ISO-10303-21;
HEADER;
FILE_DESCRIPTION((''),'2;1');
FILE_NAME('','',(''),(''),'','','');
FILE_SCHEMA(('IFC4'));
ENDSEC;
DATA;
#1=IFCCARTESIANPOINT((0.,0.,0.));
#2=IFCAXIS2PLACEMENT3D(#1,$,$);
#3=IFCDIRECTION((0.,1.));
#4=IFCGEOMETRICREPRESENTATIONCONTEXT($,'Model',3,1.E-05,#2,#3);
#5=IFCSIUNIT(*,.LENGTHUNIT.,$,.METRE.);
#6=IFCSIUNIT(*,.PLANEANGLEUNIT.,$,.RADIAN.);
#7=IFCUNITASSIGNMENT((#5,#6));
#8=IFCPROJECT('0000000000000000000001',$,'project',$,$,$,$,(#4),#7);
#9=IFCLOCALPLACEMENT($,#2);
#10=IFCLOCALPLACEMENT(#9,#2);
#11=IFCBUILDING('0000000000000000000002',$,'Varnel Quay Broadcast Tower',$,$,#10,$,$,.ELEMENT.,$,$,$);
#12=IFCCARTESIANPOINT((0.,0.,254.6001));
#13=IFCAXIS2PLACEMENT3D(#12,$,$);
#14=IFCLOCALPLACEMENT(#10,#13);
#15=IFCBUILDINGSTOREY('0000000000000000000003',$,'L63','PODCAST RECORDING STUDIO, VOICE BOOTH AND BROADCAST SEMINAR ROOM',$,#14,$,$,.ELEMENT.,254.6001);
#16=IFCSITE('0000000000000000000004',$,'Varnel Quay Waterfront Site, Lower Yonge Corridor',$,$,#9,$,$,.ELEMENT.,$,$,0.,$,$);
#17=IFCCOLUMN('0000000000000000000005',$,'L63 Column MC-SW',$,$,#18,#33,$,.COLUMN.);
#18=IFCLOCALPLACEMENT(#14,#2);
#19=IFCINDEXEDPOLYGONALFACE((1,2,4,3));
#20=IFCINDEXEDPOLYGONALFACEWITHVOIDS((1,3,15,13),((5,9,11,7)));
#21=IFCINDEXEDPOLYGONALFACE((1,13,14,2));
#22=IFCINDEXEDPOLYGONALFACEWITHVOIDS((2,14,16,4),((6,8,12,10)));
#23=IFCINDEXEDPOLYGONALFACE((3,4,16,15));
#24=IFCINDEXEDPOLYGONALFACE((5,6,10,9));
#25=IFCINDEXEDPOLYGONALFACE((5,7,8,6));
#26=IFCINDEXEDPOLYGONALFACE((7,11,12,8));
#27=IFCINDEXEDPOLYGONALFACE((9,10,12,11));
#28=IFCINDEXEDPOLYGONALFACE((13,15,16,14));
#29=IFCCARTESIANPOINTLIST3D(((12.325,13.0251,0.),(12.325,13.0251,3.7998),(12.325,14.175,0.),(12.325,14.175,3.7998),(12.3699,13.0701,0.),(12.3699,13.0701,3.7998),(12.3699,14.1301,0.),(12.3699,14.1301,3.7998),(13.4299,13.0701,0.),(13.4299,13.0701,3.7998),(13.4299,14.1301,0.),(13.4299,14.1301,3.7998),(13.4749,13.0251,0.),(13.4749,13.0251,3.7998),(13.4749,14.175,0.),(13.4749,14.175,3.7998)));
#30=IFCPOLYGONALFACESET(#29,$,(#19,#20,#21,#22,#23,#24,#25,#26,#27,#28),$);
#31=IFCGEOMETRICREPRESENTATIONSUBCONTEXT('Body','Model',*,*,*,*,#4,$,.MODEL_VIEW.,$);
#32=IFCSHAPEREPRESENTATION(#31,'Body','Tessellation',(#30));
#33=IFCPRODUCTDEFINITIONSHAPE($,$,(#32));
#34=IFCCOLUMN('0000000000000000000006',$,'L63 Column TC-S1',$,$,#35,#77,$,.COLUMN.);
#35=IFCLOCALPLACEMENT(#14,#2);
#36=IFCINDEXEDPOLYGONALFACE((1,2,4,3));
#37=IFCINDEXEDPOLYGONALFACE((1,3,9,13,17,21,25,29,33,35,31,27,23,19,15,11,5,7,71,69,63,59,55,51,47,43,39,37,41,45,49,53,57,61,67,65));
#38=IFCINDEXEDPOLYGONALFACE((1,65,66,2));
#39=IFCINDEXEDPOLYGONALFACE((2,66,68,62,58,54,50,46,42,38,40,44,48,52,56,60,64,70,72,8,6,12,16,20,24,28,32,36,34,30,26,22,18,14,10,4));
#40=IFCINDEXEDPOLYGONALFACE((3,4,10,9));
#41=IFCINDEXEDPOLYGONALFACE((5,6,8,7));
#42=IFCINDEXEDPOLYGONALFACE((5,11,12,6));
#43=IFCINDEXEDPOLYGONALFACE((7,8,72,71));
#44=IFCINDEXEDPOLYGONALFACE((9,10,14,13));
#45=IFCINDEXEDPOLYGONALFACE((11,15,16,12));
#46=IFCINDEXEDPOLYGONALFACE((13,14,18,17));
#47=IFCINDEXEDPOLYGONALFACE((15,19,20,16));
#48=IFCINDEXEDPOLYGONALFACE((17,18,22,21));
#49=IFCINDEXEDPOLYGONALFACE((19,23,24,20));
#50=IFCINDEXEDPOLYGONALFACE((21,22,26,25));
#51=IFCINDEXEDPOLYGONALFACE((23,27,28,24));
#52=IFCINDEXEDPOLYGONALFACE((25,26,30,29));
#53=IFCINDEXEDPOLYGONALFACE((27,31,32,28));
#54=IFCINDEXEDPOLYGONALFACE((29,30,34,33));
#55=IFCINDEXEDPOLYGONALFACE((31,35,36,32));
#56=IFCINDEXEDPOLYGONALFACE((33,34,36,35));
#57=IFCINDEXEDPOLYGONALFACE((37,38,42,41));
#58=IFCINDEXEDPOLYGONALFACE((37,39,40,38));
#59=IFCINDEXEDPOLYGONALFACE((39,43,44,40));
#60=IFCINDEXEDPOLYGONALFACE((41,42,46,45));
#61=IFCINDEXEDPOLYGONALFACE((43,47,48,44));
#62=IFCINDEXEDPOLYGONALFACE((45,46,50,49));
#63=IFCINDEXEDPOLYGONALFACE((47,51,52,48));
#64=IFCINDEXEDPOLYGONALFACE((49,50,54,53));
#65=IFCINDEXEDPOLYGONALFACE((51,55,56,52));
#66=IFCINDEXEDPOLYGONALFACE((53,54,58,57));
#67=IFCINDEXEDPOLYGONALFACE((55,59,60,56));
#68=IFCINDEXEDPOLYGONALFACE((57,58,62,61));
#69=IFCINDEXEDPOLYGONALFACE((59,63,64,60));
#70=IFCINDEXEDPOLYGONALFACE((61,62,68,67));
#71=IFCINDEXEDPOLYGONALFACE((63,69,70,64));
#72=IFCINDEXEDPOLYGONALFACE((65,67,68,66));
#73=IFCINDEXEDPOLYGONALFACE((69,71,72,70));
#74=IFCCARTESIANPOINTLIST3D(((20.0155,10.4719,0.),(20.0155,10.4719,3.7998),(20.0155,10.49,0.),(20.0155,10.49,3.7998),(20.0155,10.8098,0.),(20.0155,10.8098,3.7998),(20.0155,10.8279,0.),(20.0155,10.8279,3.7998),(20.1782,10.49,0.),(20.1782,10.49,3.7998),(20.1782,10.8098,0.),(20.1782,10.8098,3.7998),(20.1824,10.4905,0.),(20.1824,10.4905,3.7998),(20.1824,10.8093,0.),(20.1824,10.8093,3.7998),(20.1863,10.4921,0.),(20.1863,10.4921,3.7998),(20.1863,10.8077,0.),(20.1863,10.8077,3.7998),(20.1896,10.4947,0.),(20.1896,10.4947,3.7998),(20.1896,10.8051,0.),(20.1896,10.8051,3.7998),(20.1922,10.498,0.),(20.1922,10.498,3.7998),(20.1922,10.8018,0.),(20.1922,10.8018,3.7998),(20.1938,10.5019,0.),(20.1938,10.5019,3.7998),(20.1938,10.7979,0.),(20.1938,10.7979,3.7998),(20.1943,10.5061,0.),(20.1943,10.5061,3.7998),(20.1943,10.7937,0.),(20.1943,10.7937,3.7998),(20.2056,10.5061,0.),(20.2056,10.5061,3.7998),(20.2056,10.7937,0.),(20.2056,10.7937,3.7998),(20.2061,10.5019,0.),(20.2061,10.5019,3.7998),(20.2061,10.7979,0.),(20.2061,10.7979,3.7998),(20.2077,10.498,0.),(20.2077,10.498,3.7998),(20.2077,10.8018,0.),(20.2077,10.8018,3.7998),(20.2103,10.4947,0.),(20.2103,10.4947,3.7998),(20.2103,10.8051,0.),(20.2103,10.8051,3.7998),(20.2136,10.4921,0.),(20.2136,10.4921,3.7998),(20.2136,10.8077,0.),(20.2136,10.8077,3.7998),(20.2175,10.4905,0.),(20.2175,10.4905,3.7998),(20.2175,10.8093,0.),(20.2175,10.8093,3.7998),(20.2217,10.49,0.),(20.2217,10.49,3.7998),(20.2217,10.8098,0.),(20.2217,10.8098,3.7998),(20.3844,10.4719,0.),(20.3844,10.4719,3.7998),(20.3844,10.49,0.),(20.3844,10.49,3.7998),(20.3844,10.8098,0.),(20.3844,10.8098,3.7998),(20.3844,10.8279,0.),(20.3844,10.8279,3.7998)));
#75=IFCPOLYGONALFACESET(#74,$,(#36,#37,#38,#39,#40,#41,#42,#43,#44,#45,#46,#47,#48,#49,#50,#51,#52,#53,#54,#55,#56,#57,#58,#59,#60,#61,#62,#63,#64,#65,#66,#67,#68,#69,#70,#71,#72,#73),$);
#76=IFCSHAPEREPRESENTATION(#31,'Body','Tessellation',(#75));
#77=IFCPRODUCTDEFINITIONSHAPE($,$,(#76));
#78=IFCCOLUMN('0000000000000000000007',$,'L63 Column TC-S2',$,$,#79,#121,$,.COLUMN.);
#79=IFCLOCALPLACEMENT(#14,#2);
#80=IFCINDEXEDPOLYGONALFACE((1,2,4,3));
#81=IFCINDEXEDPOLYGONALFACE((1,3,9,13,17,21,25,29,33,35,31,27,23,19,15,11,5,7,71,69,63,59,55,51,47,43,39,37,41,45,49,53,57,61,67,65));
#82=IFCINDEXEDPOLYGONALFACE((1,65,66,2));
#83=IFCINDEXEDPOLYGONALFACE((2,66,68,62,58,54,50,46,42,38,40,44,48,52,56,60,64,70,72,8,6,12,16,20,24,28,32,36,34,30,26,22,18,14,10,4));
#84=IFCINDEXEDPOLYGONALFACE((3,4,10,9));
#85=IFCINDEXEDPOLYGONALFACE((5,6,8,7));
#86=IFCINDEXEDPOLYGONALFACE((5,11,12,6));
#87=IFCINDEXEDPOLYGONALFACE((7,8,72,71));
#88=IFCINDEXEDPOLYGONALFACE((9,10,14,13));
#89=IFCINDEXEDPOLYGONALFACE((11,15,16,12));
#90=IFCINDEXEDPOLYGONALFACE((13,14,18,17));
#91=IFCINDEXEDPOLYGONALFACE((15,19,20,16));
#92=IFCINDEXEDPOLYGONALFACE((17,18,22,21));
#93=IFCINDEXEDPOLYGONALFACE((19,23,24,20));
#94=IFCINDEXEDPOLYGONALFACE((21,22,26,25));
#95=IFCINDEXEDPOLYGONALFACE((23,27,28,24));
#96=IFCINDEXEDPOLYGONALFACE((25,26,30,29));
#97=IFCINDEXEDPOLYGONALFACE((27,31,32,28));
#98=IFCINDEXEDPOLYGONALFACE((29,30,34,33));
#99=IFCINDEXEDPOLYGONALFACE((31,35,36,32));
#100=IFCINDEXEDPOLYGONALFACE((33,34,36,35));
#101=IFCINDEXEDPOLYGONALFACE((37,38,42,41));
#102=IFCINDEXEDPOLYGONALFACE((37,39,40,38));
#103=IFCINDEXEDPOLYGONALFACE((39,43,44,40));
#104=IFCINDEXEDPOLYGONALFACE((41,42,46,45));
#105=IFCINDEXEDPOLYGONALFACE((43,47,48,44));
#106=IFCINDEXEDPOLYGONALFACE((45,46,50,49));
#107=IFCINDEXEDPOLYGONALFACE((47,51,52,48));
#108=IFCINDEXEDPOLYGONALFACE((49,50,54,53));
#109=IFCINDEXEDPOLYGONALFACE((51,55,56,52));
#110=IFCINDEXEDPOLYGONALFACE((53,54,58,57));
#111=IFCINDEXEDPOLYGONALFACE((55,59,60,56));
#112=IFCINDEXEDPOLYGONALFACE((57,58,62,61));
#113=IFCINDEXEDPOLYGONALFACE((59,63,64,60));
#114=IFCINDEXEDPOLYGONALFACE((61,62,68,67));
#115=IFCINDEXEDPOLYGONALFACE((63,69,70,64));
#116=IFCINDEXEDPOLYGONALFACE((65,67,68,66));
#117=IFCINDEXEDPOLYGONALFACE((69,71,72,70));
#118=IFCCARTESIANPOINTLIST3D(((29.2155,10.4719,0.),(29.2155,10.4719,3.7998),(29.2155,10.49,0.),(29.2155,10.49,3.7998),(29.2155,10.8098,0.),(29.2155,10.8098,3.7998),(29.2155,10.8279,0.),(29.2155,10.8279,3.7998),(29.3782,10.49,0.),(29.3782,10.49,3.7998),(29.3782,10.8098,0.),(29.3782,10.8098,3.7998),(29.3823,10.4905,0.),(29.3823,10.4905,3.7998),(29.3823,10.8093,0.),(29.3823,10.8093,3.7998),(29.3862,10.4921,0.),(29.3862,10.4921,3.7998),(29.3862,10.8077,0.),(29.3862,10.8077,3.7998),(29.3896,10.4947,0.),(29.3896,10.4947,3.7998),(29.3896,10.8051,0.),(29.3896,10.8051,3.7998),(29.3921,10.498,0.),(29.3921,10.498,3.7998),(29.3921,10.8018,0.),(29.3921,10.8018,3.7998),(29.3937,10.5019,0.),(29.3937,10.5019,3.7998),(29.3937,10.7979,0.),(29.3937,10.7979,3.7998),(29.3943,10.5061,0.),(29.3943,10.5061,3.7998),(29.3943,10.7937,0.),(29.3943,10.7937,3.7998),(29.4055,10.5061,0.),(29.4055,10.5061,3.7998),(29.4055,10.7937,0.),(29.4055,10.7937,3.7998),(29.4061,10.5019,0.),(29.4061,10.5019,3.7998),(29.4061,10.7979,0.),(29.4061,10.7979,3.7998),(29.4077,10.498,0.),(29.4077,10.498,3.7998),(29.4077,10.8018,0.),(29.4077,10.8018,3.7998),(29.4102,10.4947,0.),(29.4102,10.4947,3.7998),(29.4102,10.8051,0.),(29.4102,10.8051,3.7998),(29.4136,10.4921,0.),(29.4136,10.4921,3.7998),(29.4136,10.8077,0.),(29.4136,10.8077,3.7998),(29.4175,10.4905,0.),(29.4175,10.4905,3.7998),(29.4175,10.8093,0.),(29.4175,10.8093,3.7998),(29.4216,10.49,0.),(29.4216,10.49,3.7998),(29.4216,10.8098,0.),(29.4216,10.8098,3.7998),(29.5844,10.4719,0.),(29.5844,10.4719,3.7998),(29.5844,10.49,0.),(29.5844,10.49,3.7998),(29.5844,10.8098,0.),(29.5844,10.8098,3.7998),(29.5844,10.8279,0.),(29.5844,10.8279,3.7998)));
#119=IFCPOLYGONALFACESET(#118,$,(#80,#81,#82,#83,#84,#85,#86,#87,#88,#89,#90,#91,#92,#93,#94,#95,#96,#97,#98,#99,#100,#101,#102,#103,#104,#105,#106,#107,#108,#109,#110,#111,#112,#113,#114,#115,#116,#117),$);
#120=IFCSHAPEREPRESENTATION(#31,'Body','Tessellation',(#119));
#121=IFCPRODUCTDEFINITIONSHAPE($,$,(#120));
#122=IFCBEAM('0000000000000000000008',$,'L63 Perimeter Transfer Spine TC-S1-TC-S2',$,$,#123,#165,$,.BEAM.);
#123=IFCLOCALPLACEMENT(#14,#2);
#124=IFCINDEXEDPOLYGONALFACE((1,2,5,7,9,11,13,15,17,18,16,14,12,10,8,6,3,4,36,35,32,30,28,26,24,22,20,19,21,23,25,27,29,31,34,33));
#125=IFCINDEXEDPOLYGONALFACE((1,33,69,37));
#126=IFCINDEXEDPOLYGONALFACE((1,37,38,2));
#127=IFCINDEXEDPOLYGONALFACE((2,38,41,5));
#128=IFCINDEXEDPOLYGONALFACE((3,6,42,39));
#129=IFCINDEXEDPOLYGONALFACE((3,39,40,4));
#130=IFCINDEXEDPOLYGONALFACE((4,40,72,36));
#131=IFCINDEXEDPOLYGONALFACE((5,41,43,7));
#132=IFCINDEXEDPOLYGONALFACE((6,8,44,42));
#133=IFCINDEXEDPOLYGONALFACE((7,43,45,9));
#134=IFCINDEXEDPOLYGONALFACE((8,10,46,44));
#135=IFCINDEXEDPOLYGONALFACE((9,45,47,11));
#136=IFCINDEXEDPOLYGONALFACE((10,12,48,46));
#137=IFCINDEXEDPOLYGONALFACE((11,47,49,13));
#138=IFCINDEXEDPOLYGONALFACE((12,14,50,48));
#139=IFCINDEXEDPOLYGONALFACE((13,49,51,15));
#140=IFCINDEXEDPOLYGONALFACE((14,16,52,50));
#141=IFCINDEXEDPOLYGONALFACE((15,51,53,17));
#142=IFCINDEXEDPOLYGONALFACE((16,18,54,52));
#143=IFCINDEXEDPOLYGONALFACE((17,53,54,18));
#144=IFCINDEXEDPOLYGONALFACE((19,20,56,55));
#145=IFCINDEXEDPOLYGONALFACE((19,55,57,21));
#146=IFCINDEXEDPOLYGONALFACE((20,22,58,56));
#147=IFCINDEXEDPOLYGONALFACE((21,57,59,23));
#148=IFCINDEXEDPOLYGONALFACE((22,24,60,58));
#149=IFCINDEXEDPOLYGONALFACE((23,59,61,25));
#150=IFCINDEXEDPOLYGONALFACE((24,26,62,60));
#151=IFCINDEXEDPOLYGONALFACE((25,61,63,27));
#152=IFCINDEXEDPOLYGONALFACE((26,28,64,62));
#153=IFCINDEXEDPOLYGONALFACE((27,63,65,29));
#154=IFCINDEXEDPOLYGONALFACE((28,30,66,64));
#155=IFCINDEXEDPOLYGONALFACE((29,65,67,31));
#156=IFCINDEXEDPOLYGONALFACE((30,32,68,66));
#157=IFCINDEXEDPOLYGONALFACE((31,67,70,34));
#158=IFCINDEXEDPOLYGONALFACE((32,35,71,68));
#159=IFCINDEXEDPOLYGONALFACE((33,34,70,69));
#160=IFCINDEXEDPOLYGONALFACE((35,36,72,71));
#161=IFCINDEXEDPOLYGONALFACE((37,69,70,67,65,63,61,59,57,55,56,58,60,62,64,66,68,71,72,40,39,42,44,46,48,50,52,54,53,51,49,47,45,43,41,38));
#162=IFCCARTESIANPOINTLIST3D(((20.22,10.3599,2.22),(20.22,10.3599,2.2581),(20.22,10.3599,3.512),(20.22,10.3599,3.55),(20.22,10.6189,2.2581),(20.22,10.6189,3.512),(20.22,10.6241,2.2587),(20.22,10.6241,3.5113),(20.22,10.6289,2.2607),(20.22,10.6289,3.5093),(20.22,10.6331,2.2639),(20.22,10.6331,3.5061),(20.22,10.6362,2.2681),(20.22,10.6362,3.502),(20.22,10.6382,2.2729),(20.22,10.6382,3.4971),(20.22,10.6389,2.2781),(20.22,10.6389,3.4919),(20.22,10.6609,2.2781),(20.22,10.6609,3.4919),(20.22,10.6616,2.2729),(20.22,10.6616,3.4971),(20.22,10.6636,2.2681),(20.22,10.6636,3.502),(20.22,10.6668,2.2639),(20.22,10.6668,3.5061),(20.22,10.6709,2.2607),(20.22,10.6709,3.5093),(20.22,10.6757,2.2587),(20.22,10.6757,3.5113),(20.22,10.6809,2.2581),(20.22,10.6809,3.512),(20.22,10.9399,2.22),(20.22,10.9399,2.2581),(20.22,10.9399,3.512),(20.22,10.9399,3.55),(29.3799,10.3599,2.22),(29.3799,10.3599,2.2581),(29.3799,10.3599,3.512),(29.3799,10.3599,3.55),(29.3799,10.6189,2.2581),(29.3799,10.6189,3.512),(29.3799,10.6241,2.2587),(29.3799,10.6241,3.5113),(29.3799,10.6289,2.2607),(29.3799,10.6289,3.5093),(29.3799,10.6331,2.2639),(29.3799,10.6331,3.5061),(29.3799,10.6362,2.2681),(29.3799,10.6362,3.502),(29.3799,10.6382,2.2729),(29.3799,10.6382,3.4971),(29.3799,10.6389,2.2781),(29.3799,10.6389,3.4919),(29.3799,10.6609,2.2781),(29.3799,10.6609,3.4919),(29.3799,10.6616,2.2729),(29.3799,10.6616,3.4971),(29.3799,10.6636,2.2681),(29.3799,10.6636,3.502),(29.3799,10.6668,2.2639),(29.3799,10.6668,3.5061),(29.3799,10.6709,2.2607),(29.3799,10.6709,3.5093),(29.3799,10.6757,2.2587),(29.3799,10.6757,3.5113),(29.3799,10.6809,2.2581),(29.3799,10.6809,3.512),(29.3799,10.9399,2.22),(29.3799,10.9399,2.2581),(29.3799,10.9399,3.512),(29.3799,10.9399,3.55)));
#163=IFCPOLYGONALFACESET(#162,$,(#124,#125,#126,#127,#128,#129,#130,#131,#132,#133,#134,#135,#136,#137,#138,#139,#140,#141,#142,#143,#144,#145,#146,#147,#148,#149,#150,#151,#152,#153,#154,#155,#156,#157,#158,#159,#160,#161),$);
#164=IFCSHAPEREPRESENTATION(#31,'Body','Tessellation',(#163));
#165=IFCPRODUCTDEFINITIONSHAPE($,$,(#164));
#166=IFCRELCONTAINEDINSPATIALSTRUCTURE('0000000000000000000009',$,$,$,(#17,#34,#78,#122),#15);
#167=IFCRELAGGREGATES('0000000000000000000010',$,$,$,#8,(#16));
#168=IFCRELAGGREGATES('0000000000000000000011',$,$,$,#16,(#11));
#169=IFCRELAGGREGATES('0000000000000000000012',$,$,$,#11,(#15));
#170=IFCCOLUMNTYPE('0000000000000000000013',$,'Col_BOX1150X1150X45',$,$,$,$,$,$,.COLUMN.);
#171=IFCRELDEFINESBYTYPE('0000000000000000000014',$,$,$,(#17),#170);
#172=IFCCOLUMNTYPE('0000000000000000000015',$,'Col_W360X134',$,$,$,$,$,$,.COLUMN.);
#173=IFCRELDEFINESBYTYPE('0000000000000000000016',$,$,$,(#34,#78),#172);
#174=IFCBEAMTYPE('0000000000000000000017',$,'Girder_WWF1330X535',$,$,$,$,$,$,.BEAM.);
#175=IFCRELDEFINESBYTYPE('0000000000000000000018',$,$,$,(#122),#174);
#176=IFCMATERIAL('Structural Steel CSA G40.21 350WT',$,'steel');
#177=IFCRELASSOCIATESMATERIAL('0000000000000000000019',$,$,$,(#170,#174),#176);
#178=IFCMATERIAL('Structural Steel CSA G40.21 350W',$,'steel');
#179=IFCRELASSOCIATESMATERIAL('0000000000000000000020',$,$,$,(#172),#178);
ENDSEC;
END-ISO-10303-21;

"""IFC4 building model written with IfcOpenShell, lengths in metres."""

from ifc_helpers import new_model, si_unit, direction, frame, origin, origin_2d, place, context, subcontext, project, spatial, hollow_rectangle, i_section, extrude, source, transform, mapped, material, material_profile, profile_set, type_object, type_shapes, element, save


model = new_model("IFC4")

# Units and contexts
model_context = context("Model", 3, precision=1e-05, world=origin(), true_north=direction((0.0, 1.0)))
body_context = subcontext(model_context, "Body", "Model", "MODEL_VIEW")
ifc_project = project(units=[si_unit("LENGTHUNIT", "METRE"), si_unit("PLANEANGLEUNIT", "RADIAN")], contexts=[model_context])

# Site, building, storey
site_placement = place(None, origin())
site = spatial("IfcSite", under=ifc_project, at=site_placement, Name="Varnel Quay Waterfront Site, Lower Yonge Corridor", CompositionType="ELEMENT", RefElevation=0.0)
building_placement = place(site_placement, origin())
building = spatial("IfcBuilding", under=site, at=building_placement, Name="Varnel Quay Broadcast Tower", CompositionType="ELEMENT")
storey_placement = place(building_placement, frame((0.0, 0.0, 254.6001)))
storey = spatial("IfcBuildingStorey", under=building, at=storey_placement, Name="L63", Description="PODCAST RECORDING STUDIO, VOICE BOOTH AND BROADCAST SEMINAR ROOM", CompositionType="ELEMENT", Elevation=254.6001)

# Columns
ifc_material_1 = material(Name="Structural Steel CSA G40.21 350WT", Category="steel")
ifc_material_profile_1 = material_profile(ifc_material_1, hollow_rectangle(XDim=1.1499, YDim=1.1499, WallThickness=0.0449, at=origin_2d()), Name="BOX1150X1150X45")
ifc_profile_set_1 = profile_set([ifc_material_profile_1], Name="Structural Steel CSA G40.21 350WT")
column_type_1 = type_object("IfcColumnType", Name="Col_BOX1150X1150X45", PredefinedType="COLUMN", material=ifc_profile_set_1)
shared_shape_1 = source(origin(), body_context, "Body", "SweptSolid", [
    extrude(hollow_rectangle(XDim=1.1499, YDim=1.1499, WallThickness=0.0449, at=origin_2d()), origin(), (0.0, 0.0, 1.0), 3.7998),
])
type_shapes(column_type_1, [shared_shape_1])
column_placement = place(storey_placement, frame((12.8999, 13.6001, 0.0), z_axis=(0.0, 0.0, 1.0), x_axis=(1.0, 0.0, 0.0)))
element("IfcColumn", 1, at=column_placement, inside=storey, type_object=column_type_1, Name="L63 Column MC-SW", PredefinedType="COLUMN", context=body_context, shape_type="MappedRepresentation", body=[
    mapped(shared_shape_1, transform((0.0, 0.0, 0.0), x_axis=(1.0, 0.0, 0.0), y_axis=(0.0, 1.0, 0.0), z_axis=(0.0, 0.0, 1.0), scale=1.0)),
])
ifc_material_2 = material(Name="Structural Steel CSA G40.21 350W", Category="steel")
ifc_material_profile_2 = material_profile(ifc_material_2, i_section(OverallWidth=0.3689, OverallDepth=0.356, WebThickness=0.0112, FlangeThickness=0.0181, FilletRadius=0.0161, at=origin_2d()), Name="W360X134")
ifc_profile_set_2 = profile_set([ifc_material_profile_2], Name="Structural Steel CSA G40.21 350W")
column_type_2 = type_object("IfcColumnType", Name="Col_W360X134", PredefinedType="COLUMN", material=ifc_profile_set_2)
shared_shape_2 = source(origin(), body_context, "Body", "SweptSolid", [
    extrude(i_section(OverallWidth=0.3689, OverallDepth=0.356, WebThickness=0.0112, FlangeThickness=0.0181, FilletRadius=0.0161, at=origin_2d()), origin(), (0.0, 0.0, 1.0), 3.7998),
])
type_shapes(column_type_2, [shared_shape_2])
for number, where, z_axis, x_axis, name in (
    (2, (20.2, 10.6499, 0.0), (0.0, 0.0, 1.0), (1.0, 0.0, 0.0), "L63 Column TC-S1"),
    (3, (29.3999, 10.6499, 0.0), (0.0, 0.0, 1.0), (1.0, 0.0, 0.0), "L63 Column TC-S2"),
):
    element("IfcColumn", number, at=place(storey_placement, frame(where, z_axis=z_axis, x_axis=x_axis)), inside=storey, type_object=column_type_2, Name=name, PredefinedType="COLUMN", context=body_context, shape_type="MappedRepresentation", body=[
        mapped(shared_shape_2, transform((0.0, 0.0, 0.0), x_axis=(1.0, 0.0, 0.0), y_axis=(0.0, 1.0, 0.0), z_axis=(0.0, 0.0, 1.0), scale=1.0)),
    ])

# Beam
ifc_material_profile_3 = material_profile(ifc_material_1, i_section(OverallWidth=0.5801, OverallDepth=1.3301, WebThickness=0.022, FlangeThickness=0.0381, FilletRadius=0.02, at=origin_2d()), Name="WWF1330X535")
ifc_profile_set_3 = profile_set([ifc_material_profile_3], Name="Structural Steel CSA G40.21 350WT")
beam_type_1 = type_object("IfcBeamType", Name="Girder_WWF1330X535", PredefinedType="BEAM", material=ifc_profile_set_3)
shared_shape_3 = source(origin(), body_context, "Body", "SweptSolid", [
    extrude(i_section(OverallWidth=0.5801, OverallDepth=1.3301, WebThickness=0.022, FlangeThickness=0.0381, FilletRadius=0.02, at=origin_2d()), origin(), (0.0, 0.0, 1.0), 9.1599),
])
beam_1_placement = place(storey_placement, frame((20.22, 10.6499, 2.885), z_axis=(1.0, 0.0, 0.0), x_axis=(0.0, 1.0, 0.0)))
element("IfcBeam", 4, at=beam_1_placement, inside=storey, type_object=beam_type_1, Name="L63 Perimeter Transfer Spine TC-S1-TC-S2", PredefinedType="BEAM", context=body_context, shape_type="MappedRepresentation", body=[
    mapped(shared_shape_3, transform((0.0, 0.0, 0.0), x_axis=(1.0, 0.0, 0.0), y_axis=(0.0, 1.0, 0.0), z_axis=(0.0, 0.0, 1.0), scale=1.0)),
])

save(model, "model.ifc")
